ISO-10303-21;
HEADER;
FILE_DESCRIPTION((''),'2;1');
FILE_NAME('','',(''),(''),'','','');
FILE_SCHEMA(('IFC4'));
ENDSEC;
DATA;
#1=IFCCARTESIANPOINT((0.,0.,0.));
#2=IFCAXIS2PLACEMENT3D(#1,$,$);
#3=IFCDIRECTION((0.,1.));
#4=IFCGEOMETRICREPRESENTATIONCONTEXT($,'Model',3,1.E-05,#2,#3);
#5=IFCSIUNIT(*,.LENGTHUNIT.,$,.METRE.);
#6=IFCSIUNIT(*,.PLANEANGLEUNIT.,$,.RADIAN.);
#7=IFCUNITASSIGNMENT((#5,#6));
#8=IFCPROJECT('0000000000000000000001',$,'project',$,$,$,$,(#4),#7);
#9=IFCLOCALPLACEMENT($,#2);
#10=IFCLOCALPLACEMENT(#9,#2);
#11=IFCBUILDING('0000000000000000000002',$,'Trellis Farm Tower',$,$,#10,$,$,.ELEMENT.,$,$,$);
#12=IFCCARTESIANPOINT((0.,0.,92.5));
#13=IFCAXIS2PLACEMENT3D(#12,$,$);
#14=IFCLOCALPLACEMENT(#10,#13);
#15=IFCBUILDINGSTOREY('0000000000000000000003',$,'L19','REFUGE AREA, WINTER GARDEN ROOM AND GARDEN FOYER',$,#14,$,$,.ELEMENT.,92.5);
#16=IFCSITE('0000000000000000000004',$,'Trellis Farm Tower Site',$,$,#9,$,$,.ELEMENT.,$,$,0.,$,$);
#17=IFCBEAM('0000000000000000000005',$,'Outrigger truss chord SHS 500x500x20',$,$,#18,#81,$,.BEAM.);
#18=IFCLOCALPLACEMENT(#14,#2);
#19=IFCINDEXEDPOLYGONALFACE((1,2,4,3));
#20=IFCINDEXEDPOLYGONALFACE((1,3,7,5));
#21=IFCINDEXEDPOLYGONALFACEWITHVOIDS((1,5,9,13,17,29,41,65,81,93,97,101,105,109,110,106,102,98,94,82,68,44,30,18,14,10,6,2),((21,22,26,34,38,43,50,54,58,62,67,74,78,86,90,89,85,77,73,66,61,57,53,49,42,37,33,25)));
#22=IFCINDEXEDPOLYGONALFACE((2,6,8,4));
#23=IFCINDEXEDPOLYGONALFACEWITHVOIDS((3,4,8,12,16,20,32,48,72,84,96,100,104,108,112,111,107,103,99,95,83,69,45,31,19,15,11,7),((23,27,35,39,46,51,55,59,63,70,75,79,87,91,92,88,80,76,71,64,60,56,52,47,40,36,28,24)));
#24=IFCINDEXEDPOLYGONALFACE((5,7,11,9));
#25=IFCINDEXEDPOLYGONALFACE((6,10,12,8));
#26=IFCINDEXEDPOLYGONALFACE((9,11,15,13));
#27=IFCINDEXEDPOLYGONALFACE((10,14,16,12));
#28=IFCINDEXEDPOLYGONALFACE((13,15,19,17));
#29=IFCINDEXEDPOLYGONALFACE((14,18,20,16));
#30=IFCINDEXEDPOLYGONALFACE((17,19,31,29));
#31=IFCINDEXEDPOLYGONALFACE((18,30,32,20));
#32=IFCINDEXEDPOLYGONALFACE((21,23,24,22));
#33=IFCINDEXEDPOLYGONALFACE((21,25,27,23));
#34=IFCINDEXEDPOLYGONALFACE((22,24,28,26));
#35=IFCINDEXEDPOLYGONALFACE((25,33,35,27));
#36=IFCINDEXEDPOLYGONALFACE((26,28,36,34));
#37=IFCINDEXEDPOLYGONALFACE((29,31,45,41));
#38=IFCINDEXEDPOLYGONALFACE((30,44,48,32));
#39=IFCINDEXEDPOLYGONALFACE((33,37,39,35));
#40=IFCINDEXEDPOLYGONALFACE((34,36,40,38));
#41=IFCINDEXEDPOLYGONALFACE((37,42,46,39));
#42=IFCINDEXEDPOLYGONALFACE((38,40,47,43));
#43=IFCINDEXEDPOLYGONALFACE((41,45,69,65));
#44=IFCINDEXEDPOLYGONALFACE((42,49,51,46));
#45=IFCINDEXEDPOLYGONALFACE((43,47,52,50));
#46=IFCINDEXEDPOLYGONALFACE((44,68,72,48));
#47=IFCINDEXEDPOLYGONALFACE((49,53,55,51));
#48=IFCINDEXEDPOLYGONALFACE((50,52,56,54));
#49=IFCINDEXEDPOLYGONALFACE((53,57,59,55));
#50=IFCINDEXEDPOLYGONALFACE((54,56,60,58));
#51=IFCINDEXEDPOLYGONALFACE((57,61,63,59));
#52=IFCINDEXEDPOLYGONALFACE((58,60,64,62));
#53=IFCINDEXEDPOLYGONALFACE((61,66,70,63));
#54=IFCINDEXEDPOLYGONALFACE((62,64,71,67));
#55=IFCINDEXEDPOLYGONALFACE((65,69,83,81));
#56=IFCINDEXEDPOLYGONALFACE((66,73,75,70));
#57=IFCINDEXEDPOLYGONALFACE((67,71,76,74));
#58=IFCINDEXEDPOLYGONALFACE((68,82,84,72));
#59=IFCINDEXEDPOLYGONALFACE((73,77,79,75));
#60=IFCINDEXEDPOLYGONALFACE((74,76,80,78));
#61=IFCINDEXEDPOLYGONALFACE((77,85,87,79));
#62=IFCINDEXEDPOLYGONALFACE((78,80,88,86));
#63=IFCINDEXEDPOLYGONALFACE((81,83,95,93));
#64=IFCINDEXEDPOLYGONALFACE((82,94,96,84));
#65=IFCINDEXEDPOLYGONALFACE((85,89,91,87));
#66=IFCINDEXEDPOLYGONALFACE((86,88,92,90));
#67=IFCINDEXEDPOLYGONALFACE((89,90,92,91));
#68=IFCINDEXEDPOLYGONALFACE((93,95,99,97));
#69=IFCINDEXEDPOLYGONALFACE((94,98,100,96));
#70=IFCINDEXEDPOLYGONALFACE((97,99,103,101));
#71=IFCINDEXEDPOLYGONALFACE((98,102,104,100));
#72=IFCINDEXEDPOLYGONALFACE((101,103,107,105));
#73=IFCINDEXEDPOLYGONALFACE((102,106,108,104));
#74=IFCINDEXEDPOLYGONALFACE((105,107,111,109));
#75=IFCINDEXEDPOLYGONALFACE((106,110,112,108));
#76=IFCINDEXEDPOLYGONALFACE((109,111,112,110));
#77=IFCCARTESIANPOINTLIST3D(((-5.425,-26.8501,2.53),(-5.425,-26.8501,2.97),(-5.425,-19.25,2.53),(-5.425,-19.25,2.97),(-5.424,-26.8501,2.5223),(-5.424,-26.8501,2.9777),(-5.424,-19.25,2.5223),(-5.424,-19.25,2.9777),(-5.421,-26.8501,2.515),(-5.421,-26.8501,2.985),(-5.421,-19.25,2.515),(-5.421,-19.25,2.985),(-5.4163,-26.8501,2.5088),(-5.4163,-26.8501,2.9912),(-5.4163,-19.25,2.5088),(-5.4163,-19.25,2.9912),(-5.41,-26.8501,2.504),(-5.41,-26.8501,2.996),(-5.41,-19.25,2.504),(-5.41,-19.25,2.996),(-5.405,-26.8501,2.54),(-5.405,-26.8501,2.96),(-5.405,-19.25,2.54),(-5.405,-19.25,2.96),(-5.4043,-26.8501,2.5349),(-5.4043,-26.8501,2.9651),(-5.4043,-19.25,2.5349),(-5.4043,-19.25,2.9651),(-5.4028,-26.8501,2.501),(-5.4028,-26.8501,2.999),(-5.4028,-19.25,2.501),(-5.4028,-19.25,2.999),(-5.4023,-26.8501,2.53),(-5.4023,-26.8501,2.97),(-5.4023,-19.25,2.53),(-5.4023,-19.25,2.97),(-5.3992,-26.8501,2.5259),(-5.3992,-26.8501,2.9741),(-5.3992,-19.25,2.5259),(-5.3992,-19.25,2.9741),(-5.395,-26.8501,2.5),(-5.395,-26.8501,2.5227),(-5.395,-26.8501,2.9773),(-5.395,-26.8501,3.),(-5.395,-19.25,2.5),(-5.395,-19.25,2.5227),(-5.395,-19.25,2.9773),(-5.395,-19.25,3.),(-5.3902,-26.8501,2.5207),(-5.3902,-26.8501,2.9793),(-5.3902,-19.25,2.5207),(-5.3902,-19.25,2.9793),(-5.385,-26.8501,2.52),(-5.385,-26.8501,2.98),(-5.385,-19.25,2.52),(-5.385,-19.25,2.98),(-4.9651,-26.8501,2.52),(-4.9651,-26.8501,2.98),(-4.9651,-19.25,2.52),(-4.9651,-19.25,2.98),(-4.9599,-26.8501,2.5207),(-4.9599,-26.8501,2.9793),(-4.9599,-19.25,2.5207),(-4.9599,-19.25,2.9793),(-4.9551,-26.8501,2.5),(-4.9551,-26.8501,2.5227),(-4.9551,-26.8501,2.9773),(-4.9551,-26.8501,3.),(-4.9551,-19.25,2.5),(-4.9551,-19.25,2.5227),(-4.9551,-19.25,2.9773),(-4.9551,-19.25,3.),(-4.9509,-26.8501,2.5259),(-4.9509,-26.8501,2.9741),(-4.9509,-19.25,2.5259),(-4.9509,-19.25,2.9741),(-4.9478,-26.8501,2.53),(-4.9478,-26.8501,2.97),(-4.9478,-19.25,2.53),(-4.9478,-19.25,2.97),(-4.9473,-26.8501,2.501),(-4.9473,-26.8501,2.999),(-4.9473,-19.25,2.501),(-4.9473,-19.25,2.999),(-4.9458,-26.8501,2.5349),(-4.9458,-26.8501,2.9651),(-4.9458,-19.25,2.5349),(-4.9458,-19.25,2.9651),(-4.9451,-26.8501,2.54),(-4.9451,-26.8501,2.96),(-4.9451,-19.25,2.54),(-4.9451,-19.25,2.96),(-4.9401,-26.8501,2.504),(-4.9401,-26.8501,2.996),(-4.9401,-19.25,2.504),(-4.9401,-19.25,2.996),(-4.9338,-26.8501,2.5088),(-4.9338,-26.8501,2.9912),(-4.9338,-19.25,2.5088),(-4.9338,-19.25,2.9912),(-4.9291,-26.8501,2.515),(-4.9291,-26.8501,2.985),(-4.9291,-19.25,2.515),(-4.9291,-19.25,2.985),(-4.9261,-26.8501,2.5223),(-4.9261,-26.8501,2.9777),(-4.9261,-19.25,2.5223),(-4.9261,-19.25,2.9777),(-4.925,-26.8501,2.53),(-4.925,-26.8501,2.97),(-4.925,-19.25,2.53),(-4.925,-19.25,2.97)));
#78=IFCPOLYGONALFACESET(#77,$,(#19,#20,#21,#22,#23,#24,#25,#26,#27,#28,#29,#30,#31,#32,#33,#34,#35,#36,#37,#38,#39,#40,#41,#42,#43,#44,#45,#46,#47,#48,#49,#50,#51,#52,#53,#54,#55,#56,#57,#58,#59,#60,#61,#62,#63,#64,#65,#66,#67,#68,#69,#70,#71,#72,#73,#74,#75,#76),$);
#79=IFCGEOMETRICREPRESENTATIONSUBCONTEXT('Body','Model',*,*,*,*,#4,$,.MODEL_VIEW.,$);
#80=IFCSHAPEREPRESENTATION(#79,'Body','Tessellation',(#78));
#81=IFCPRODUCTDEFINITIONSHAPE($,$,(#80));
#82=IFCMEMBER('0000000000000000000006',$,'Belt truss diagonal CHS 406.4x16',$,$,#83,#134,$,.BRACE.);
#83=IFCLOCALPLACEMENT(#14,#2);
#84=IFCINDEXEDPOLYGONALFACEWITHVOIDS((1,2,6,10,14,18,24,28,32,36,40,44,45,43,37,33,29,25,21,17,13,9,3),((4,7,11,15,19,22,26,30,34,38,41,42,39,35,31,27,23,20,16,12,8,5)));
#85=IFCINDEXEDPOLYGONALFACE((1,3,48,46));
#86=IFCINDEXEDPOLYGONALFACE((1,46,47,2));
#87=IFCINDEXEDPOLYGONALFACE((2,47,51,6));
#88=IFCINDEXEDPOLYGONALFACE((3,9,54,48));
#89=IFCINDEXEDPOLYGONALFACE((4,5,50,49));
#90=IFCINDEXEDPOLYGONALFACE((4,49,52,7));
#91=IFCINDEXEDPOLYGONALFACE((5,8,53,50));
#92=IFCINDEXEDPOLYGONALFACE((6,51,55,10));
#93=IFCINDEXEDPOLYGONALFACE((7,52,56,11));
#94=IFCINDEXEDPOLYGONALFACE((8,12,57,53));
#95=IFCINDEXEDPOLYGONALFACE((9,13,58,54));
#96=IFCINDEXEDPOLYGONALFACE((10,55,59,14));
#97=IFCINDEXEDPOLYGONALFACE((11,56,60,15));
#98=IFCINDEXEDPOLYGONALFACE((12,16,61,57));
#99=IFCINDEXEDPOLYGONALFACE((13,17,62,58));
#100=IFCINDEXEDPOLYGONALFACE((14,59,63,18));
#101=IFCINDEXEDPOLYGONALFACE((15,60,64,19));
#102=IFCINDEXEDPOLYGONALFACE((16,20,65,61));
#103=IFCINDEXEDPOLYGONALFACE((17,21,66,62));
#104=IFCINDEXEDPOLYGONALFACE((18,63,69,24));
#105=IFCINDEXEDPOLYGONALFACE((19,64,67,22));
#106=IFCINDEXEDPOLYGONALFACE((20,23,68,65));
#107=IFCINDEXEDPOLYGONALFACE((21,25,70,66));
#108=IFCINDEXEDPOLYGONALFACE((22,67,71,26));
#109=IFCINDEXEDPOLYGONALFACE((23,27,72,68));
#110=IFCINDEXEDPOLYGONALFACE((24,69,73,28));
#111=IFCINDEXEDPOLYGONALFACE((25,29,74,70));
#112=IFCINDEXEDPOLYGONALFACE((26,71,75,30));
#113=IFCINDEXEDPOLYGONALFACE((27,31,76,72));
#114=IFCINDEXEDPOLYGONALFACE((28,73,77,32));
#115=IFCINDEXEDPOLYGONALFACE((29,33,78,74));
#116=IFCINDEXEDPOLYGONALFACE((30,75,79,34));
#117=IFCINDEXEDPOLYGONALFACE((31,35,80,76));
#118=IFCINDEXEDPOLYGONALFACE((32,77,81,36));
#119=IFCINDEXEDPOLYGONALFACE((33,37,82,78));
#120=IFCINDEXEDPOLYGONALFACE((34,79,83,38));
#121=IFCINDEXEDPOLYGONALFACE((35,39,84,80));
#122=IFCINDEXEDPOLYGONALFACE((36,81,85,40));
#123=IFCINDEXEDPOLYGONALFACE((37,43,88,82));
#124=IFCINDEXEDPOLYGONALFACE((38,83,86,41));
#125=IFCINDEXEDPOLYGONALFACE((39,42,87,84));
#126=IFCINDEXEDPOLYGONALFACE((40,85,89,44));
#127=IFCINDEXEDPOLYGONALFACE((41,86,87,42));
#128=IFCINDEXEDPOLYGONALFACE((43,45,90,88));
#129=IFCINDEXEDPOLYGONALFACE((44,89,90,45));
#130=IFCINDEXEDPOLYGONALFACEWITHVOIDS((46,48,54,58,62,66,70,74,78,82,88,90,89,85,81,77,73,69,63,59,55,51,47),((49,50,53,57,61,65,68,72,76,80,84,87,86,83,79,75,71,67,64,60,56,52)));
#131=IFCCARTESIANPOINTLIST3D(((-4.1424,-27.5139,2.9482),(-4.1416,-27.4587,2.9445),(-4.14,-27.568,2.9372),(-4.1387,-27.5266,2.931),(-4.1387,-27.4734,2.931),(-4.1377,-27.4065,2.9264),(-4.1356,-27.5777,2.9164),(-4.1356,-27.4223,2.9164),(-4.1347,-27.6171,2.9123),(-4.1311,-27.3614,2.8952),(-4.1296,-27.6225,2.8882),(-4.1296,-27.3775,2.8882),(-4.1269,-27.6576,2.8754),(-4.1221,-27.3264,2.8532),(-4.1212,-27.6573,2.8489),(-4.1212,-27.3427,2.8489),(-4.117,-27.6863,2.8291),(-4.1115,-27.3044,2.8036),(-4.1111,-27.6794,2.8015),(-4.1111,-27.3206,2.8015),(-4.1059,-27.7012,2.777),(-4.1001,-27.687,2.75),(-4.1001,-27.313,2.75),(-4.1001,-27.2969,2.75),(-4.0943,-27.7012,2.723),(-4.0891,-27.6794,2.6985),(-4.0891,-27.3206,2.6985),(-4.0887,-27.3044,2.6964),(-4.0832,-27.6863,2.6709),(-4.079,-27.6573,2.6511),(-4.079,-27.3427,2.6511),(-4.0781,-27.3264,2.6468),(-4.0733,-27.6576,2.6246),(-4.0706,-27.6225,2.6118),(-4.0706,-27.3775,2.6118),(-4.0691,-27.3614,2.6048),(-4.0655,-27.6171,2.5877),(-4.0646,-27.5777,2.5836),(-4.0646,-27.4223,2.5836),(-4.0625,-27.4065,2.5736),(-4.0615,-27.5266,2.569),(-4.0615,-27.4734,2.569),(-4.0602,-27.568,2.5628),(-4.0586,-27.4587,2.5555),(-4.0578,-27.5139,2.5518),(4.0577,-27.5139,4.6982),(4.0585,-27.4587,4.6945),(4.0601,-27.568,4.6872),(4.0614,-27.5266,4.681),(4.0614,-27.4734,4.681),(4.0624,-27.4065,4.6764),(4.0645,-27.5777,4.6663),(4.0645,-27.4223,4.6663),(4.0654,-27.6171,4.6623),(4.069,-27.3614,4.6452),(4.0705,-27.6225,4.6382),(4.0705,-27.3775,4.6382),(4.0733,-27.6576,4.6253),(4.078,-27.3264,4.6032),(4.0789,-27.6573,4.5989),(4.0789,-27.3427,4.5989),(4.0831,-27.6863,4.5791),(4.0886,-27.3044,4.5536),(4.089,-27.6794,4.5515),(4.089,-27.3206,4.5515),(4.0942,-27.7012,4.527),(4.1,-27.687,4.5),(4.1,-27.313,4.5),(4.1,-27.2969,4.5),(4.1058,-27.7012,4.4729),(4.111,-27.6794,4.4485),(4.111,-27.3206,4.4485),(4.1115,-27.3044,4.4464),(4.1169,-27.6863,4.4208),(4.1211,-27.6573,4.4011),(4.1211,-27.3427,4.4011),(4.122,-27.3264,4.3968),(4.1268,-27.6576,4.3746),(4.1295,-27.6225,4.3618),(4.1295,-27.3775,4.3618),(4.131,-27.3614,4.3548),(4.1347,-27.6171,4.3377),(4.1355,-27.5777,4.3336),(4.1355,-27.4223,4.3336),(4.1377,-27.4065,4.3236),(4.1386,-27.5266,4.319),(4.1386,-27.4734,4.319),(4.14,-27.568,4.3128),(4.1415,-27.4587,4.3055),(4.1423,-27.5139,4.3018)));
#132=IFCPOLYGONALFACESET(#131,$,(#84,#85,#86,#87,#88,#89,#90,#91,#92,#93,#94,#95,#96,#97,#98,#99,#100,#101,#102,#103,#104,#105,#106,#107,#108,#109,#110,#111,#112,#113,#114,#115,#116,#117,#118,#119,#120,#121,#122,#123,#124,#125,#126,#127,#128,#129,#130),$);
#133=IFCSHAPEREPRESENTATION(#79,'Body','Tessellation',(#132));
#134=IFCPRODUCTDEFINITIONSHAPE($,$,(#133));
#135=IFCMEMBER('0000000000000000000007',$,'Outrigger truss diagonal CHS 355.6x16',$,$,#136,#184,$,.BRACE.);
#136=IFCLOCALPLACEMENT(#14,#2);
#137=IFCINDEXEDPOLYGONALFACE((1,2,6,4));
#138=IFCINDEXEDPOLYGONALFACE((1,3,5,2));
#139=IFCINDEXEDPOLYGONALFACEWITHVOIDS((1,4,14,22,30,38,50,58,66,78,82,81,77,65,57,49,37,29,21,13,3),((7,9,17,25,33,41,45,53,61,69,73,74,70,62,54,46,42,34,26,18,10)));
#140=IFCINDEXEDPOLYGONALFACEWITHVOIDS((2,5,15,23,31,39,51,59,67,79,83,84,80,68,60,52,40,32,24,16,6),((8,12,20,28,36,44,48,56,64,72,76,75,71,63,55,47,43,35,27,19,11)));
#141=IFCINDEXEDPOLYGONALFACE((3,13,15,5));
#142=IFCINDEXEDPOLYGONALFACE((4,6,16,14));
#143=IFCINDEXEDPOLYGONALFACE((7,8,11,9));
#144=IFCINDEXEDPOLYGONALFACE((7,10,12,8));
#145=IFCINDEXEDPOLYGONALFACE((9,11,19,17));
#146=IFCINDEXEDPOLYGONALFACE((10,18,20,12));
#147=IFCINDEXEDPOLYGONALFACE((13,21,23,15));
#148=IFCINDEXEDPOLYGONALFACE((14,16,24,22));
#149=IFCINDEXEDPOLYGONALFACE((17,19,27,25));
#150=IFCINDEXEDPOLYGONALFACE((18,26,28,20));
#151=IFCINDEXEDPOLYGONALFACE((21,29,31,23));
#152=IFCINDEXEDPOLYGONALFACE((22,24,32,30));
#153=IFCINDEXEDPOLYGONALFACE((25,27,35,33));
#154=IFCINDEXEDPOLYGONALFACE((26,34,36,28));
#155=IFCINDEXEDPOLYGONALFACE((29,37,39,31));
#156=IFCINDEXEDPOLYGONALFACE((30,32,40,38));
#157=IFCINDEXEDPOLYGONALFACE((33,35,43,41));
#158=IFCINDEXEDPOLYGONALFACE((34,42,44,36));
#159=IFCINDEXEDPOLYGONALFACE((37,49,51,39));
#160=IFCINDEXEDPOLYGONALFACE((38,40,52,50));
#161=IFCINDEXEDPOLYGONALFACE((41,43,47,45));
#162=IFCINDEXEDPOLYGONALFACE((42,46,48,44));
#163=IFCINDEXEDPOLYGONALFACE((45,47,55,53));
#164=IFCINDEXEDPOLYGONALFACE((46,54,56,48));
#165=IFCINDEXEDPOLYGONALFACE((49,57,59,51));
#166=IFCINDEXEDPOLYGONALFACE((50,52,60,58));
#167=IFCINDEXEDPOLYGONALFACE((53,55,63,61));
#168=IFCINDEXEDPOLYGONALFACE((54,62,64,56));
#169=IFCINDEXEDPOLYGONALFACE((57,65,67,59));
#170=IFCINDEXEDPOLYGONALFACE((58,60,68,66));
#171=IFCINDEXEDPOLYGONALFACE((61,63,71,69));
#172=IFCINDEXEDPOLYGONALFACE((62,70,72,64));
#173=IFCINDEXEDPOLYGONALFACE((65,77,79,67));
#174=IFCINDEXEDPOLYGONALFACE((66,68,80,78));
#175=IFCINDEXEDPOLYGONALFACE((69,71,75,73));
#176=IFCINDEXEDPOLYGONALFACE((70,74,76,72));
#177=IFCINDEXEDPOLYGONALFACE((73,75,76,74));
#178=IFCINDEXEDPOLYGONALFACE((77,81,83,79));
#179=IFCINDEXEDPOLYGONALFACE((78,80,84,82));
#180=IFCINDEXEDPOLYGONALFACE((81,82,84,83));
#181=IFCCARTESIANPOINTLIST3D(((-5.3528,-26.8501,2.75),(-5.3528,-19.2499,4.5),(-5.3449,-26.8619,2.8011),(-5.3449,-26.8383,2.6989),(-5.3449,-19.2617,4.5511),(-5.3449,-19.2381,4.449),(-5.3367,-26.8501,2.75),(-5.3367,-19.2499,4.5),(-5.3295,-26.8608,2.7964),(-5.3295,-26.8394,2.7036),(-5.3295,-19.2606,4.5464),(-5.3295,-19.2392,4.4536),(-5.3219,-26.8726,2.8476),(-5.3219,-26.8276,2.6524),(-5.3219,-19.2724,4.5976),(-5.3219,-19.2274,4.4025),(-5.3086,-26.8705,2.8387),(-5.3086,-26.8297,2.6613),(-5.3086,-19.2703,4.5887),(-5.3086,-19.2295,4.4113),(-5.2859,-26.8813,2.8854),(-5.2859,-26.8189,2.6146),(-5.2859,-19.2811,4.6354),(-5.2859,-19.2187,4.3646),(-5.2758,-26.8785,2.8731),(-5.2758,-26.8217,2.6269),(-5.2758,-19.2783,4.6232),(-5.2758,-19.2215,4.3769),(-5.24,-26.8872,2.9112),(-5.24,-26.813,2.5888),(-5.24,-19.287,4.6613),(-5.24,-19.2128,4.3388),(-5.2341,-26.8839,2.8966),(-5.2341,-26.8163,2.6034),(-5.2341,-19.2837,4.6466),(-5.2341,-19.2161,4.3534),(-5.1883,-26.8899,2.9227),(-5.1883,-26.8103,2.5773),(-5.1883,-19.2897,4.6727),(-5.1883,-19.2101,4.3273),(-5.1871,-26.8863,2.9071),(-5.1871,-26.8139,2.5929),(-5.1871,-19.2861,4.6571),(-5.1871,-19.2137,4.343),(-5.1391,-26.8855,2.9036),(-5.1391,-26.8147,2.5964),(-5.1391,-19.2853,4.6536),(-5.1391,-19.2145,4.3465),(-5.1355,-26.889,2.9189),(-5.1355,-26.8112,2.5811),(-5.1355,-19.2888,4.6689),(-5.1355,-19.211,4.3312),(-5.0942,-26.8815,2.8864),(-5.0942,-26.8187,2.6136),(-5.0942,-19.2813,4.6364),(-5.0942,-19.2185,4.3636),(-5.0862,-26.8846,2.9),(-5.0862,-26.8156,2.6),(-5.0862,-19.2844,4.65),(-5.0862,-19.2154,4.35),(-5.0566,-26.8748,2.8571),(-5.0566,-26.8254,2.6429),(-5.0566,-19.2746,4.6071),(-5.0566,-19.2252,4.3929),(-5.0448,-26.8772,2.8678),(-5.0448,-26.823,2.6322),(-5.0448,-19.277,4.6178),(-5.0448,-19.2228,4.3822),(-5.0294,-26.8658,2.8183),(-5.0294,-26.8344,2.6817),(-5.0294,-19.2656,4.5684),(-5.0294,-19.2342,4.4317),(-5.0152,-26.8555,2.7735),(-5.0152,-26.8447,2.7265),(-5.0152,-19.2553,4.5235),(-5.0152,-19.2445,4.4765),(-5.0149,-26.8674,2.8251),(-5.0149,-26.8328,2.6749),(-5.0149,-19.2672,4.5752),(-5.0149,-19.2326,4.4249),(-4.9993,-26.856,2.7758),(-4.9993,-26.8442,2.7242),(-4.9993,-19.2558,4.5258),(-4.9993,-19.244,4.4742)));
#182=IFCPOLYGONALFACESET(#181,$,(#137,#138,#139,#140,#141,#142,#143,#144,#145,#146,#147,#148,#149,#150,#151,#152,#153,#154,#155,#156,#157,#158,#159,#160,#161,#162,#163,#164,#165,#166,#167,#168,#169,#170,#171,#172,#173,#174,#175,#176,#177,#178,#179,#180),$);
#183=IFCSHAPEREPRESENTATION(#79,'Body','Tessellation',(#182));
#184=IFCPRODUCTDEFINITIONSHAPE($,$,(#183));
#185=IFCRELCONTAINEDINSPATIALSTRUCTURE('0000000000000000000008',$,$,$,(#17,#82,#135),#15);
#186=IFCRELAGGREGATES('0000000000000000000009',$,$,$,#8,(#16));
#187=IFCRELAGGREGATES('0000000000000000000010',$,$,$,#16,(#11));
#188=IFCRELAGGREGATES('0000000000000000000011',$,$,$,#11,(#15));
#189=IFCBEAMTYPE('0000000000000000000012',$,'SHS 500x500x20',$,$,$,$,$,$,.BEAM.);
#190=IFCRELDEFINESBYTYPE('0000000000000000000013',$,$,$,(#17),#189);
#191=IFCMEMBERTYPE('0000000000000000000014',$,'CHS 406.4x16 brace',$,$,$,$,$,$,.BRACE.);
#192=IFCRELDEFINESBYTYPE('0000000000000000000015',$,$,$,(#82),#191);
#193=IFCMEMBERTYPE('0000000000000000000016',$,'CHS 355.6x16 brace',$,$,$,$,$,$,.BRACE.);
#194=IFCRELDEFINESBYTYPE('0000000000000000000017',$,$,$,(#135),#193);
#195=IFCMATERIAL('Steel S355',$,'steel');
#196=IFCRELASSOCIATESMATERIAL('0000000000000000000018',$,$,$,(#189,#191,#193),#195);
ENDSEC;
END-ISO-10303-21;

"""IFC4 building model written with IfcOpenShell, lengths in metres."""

from ifc_helpers import new_model, si_unit, direction, frame, origin, origin_2d, place, context, subcontext, project, spatial, hollow_rectangle, hollow_circle, extrude, source, transform, mapped, material, material_profile, profile_set, type_object, element, save


model = new_model("IFC4")

# Units and contexts
model_context = context("Model", 3, precision=1e-05, world=origin(), true_north=direction((0.0, 1.0)))
body_context = subcontext(model_context, "Body", "Model", "MODEL_VIEW")
ifc_project = project(units=[si_unit("LENGTHUNIT", "METRE"), si_unit("PLANEANGLEUNIT", "RADIAN")], contexts=[model_context])

# Site, building, storey
site_placement = place(None, origin())
site = spatial("IfcSite", under=ifc_project, at=site_placement, Name="Trellis Farm Tower Site", CompositionType="ELEMENT", RefElevation=0.0)
building_placement = place(site_placement, origin())
building = spatial("IfcBuilding", under=site, at=building_placement, Name="Trellis Farm Tower", CompositionType="ELEMENT")
storey_placement = place(building_placement, frame((0.0, 0.0, 92.5)))
storey = spatial("IfcBuildingStorey", under=building, at=storey_placement, Name="L19", Description="REFUGE AREA, WINTER GARDEN ROOM AND GARDEN FOYER", CompositionType="ELEMENT", Elevation=92.5)

# Beam
ifc_material_1 = material(Name="Steel S355", Category="steel")
ifc_material_profile_1 = material_profile(ifc_material_1, hollow_rectangle(XDim=0.5, YDim=0.5, WallThickness=0.02, InnerFilletRadius=0.02, OuterFilletRadius=0.03, at=origin_2d()), Name="SHS 500x500x20")
ifc_profile_set_1 = profile_set([ifc_material_profile_1], Name="Steel S355")
beam_type_1 = type_object("IfcBeamType", Name="SHS 500x500x20", PredefinedType="BEAM", material=ifc_profile_set_1)
shared_shape_1 = source(origin(), body_context, "Body", "SweptSolid", [
    extrude(hollow_rectangle(XDim=0.5, YDim=0.5, WallThickness=0.02, InnerFilletRadius=0.02, OuterFilletRadius=0.03, at=origin_2d()), origin(), (0.0, 0.0, 1.0), 7.6001),
])
beam_1_placement = place(storey_placement, frame((-5.175, -26.8501, 2.75), z_axis=(0.0, 1.0, 0.0), x_axis=(-1.0, 0.0, 0.0)))
element("IfcBeam", 1, at=beam_1_placement, inside=storey, type_object=beam_type_1, Name="Outrigger truss chord SHS 500x500x20", PredefinedType="BEAM", context=body_context, shape_type="MappedRepresentation", body=[
    mapped(shared_shape_1, transform((0.0, 0.0, 0.0))),
])

# Members
ifc_material_profile_2 = material_profile(ifc_material_1, hollow_circle(Radius=0.2031, WallThickness=0.0161, at=origin_2d()), Name="CHS 406.4x16")
ifc_profile_set_2 = profile_set([ifc_material_profile_2], Name="Steel S355")
member_type_1 = type_object("IfcMemberType", Name="CHS 406.4x16 brace", PredefinedType="BRACE", material=ifc_profile_set_2)
shared_shape_2 = source(origin(), body_context, "Body", "SweptSolid", [
    extrude(hollow_circle(Radius=0.2031, WallThickness=0.0161, at=origin_2d()), origin(), (0.0, 0.0, 1.0), 8.3848),
])
member_1_placement = place(storey_placement, frame((-4.1001, -27.5, 2.75), z_axis=(0.977978, 0.0, 0.20871), x_axis=(0.0, 1.0, 0.0)))
element("IfcMember", 2, at=member_1_placement, inside=storey, type_object=member_type_1, Name="Belt truss diagonal CHS 406.4x16", PredefinedType="BRACE", context=body_context, shape_type="MappedRepresentation", body=[
    mapped(shared_shape_2, transform((0.0, 0.0, 0.0))),
])
ifc_material_profile_3 = material_profile(ifc_material_1, hollow_circle(Radius=0.1777, WallThickness=0.0161, at=origin_2d()), Name="CHS 355.6x16")
ifc_profile_set_3 = profile_set([ifc_material_profile_3], Name="Steel S355")
member_type_2 = type_object("IfcMemberType", Name="CHS 355.6x16 brace", PredefinedType="BRACE", material=ifc_profile_set_3)
shared_shape_3 = source(origin(), body_context, "Body", "SweptSolid", [
    extrude(hollow_circle(Radius=0.1777, WallThickness=0.0161, at=origin_2d()), origin(), (0.0, 0.0, 1.0), 7.7991),
])
member_2_placement = place(storey_placement, frame((-5.175, -26.8501, 2.75), z_axis=(0.0, 0.9745, 0.224389), x_axis=(-1.0, 0.0, 0.0)))
element("IfcMember", 3, at=member_2_placement, inside=storey, type_object=member_type_2, Name="Outrigger truss diagonal CHS 355.6x16", PredefinedType="BRACE", context=body_context, shape_type="MappedRepresentation", body=[
    mapped(shared_shape_3, transform((0.0, 0.0, 0.0))),
])

save(model, "model.ifc")
